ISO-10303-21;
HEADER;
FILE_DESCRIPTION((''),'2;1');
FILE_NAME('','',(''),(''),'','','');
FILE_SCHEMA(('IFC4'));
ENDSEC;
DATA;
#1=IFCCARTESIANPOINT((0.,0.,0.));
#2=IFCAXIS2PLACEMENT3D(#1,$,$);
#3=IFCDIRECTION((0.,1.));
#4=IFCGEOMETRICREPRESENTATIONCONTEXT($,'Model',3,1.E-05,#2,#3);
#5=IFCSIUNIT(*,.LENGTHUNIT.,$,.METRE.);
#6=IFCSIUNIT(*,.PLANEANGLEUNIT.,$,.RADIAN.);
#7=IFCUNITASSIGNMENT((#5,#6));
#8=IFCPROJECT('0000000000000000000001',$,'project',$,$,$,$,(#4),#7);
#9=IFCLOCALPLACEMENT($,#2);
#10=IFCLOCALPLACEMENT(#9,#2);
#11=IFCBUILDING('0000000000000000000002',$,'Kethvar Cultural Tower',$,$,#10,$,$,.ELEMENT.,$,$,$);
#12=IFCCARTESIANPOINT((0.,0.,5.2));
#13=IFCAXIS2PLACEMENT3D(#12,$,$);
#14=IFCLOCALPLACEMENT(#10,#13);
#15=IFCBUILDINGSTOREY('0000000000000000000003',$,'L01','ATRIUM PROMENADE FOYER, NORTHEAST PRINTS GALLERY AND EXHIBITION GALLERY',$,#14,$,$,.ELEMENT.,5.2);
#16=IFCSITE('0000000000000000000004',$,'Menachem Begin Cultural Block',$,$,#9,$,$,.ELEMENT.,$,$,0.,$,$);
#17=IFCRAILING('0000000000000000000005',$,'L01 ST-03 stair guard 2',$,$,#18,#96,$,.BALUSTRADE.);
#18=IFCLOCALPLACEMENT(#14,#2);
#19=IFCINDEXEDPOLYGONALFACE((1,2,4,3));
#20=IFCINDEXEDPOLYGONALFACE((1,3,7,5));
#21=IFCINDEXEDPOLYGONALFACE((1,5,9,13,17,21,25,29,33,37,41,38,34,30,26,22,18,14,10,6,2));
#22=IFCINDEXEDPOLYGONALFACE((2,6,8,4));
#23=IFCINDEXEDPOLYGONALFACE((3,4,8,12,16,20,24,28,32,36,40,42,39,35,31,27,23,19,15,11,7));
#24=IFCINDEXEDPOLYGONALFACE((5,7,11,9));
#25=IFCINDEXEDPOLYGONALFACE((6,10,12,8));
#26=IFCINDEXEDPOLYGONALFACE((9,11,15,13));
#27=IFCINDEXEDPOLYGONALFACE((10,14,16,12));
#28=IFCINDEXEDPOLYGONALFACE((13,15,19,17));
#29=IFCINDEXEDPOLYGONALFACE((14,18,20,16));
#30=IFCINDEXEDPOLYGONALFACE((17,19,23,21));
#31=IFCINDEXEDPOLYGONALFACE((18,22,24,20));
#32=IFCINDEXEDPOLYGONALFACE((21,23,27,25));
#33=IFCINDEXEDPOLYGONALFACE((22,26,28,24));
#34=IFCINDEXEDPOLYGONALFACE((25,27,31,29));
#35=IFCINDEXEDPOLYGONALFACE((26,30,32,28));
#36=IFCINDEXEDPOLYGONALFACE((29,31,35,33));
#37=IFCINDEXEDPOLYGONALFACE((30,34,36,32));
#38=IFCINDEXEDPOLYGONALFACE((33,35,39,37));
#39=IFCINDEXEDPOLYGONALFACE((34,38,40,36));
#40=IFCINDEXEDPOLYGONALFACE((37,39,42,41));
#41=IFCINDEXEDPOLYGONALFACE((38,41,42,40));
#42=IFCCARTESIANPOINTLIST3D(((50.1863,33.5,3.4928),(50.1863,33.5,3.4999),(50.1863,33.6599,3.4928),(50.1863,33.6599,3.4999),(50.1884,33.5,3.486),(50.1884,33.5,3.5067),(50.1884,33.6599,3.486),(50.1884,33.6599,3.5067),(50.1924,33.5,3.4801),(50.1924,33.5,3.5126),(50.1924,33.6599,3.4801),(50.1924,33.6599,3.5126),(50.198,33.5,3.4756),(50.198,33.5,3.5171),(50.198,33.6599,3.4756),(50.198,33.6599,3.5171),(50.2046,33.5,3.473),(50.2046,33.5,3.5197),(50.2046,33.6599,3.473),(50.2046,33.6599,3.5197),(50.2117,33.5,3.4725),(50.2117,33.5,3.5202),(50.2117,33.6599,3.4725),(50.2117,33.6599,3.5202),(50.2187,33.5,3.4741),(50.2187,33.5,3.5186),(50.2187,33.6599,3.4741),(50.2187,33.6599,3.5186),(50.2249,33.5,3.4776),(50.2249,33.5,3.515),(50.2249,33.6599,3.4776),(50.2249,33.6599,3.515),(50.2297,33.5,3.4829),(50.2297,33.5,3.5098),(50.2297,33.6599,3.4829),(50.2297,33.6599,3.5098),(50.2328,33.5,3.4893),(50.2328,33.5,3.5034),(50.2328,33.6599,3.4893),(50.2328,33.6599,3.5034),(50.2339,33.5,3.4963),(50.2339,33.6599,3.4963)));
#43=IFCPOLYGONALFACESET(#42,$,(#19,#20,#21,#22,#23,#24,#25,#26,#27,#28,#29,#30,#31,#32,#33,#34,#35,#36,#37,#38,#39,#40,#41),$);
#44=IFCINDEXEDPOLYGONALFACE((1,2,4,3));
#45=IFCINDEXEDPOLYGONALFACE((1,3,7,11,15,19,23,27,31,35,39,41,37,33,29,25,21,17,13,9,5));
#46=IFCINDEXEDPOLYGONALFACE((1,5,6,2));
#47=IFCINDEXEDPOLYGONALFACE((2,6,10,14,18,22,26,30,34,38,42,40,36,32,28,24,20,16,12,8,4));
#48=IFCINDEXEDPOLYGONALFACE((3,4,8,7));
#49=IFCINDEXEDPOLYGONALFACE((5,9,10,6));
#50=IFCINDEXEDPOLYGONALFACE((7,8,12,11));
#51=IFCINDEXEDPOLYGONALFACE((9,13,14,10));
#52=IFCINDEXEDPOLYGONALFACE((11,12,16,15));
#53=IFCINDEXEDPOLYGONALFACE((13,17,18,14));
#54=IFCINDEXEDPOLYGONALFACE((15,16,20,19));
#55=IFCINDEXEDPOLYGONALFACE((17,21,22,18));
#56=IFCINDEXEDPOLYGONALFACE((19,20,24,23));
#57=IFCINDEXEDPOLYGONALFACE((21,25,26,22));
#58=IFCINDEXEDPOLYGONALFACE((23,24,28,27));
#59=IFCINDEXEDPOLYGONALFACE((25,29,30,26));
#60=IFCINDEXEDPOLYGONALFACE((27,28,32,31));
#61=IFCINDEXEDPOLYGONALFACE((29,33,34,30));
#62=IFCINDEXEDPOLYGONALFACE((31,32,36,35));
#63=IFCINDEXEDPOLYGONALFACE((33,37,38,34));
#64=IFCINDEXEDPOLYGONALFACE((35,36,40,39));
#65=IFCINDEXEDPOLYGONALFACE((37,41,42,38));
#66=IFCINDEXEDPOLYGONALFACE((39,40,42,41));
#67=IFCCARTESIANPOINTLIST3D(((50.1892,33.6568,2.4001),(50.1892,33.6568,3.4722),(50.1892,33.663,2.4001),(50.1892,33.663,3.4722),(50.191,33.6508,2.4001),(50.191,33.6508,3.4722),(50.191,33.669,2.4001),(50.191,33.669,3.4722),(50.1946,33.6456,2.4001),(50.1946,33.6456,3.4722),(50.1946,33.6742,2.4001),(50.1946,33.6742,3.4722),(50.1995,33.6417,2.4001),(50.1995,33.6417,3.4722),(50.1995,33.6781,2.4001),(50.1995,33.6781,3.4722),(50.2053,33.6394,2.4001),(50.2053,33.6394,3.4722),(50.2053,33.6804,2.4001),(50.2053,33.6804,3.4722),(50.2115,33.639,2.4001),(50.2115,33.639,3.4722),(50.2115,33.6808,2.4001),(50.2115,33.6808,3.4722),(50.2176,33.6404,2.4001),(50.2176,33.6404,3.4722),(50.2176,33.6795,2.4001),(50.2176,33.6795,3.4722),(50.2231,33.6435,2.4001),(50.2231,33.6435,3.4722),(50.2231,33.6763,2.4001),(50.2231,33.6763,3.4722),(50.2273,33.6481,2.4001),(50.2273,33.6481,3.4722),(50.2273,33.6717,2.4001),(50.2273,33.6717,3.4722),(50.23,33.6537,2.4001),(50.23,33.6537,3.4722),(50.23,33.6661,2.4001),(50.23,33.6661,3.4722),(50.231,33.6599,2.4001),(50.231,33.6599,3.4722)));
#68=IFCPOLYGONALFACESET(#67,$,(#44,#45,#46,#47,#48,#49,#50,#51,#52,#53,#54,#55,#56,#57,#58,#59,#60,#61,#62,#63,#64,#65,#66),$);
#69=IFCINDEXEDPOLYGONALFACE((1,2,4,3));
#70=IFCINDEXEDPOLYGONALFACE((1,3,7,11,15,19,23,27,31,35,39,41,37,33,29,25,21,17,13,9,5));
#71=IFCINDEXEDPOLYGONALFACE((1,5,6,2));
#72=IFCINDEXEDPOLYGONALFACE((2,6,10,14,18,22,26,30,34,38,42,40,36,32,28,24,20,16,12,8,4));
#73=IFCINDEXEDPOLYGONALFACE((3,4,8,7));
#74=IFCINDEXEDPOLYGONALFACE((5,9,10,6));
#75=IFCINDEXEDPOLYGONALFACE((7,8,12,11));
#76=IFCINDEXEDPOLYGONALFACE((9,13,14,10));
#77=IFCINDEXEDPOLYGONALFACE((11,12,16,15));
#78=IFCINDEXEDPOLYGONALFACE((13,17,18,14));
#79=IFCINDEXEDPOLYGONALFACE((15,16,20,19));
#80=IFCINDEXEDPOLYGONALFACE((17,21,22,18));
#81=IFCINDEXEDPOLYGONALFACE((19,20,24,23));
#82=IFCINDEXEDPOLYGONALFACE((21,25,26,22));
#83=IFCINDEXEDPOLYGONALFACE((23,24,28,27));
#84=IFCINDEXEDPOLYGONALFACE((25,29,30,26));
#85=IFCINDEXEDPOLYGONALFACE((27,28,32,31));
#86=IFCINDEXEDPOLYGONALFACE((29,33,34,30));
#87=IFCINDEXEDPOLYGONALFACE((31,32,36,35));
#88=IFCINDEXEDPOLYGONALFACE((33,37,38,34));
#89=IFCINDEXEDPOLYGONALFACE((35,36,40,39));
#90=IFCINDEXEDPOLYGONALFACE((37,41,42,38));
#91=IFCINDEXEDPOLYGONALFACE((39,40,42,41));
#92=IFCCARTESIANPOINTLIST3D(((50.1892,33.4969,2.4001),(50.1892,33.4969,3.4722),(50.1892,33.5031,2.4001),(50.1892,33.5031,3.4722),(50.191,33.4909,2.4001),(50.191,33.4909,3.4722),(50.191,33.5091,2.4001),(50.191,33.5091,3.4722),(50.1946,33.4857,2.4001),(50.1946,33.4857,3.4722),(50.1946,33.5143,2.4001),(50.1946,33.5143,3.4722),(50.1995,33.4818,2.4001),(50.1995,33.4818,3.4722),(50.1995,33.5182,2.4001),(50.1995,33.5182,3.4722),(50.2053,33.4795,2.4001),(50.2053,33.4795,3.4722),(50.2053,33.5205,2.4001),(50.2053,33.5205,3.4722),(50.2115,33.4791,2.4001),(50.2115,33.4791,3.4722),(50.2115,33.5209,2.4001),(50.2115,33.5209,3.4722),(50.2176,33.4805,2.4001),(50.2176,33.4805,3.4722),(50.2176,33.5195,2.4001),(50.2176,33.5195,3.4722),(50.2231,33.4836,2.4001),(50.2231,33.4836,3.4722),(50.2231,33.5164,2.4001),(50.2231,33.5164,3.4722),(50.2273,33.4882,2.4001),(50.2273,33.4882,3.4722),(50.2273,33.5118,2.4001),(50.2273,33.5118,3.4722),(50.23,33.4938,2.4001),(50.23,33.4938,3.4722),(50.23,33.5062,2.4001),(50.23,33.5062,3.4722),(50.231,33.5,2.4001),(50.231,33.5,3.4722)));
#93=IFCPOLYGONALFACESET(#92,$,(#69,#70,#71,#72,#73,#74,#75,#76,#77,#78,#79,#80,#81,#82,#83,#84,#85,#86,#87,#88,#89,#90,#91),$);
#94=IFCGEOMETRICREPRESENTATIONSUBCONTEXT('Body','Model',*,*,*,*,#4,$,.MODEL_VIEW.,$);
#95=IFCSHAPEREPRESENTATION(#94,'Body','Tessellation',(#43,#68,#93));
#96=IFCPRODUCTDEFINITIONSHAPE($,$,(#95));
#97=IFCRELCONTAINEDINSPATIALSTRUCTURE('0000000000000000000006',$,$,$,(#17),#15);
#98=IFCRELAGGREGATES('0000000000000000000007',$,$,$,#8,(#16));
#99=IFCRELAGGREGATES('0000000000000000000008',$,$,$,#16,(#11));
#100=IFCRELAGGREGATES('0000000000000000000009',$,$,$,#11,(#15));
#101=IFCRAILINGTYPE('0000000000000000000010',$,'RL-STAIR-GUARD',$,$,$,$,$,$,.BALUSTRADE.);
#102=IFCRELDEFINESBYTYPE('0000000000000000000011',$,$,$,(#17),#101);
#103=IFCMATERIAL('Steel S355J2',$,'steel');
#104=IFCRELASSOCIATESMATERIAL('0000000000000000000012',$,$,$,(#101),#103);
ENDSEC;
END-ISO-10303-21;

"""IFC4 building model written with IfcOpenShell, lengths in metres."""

from ifc_helpers import new_model, si_unit, direction, frame, origin, origin_2d, place, context, subcontext, project, spatial, circle, extrude, material, type_object, element, save


model = new_model("IFC4")

# Units and contexts
model_context = context("Model", 3, precision=1e-05, world=origin(), true_north=direction((0.0, 1.0)))
body_context = subcontext(model_context, "Body", "Model", "MODEL_VIEW")
ifc_project = project(units=[si_unit("LENGTHUNIT", "METRE"), si_unit("PLANEANGLEUNIT", "RADIAN")], contexts=[model_context])

# Site, building, storey
site_placement = place(None, origin())
site = spatial("IfcSite", under=ifc_project, at=site_placement, Name="Menachem Begin Cultural Block", CompositionType="ELEMENT", RefElevation=0.0)
building_placement = place(site_placement, origin())
building = spatial("IfcBuilding", under=site, at=building_placement, Name="Kethvar Cultural Tower", CompositionType="ELEMENT")
storey_placement = place(building_placement, frame((0.0, 0.0, 5.2)))
storey = spatial("IfcBuildingStorey", under=building, at=storey_placement, Name="L01", Description="ATRIUM PROMENADE FOYER, NORTHEAST PRINTS GALLERY AND EXHIBITION GALLERY", CompositionType="ELEMENT", Elevation=5.2)

# Shared definitions
ifc_material_1 = material(Name="Steel S355J2", Category="steel")

# Railing
railing_type_1 = type_object("IfcRailingType", Name="RL-STAIR-GUARD", PredefinedType="BALUSTRADE", material=ifc_material_1)
railing_1_placement = place(storey_placement, frame((50.21, 33.6599, 2.4001)))
element("IfcRailing", 1, at=railing_1_placement, inside=storey, type_object=railing_type_1, Name="L01 ST-03 stair guard 2", PredefinedType="BALUSTRADE", context=body_context, shape_type="SweptSolid", body=[
    extrude(circle(Radius=0.0239, at=origin_2d()), frame((0.0, 0.0, 1.0962), z_axis=(0.0, -1.0, 0.0), x_axis=(1.0, 0.0, 0.0)), (0.0, 0.0, 1.0), 0.1599),
    extrude(circle(Radius=0.021, at=origin_2d()), origin(), (0.0, 0.0, 1.0), 1.072),
    extrude(circle(Radius=0.021, at=origin_2d()), frame((0.0, -0.1599, 0.0)), (0.0, 0.0, 1.0), 1.072),
])

save(model, "model.ifc")
